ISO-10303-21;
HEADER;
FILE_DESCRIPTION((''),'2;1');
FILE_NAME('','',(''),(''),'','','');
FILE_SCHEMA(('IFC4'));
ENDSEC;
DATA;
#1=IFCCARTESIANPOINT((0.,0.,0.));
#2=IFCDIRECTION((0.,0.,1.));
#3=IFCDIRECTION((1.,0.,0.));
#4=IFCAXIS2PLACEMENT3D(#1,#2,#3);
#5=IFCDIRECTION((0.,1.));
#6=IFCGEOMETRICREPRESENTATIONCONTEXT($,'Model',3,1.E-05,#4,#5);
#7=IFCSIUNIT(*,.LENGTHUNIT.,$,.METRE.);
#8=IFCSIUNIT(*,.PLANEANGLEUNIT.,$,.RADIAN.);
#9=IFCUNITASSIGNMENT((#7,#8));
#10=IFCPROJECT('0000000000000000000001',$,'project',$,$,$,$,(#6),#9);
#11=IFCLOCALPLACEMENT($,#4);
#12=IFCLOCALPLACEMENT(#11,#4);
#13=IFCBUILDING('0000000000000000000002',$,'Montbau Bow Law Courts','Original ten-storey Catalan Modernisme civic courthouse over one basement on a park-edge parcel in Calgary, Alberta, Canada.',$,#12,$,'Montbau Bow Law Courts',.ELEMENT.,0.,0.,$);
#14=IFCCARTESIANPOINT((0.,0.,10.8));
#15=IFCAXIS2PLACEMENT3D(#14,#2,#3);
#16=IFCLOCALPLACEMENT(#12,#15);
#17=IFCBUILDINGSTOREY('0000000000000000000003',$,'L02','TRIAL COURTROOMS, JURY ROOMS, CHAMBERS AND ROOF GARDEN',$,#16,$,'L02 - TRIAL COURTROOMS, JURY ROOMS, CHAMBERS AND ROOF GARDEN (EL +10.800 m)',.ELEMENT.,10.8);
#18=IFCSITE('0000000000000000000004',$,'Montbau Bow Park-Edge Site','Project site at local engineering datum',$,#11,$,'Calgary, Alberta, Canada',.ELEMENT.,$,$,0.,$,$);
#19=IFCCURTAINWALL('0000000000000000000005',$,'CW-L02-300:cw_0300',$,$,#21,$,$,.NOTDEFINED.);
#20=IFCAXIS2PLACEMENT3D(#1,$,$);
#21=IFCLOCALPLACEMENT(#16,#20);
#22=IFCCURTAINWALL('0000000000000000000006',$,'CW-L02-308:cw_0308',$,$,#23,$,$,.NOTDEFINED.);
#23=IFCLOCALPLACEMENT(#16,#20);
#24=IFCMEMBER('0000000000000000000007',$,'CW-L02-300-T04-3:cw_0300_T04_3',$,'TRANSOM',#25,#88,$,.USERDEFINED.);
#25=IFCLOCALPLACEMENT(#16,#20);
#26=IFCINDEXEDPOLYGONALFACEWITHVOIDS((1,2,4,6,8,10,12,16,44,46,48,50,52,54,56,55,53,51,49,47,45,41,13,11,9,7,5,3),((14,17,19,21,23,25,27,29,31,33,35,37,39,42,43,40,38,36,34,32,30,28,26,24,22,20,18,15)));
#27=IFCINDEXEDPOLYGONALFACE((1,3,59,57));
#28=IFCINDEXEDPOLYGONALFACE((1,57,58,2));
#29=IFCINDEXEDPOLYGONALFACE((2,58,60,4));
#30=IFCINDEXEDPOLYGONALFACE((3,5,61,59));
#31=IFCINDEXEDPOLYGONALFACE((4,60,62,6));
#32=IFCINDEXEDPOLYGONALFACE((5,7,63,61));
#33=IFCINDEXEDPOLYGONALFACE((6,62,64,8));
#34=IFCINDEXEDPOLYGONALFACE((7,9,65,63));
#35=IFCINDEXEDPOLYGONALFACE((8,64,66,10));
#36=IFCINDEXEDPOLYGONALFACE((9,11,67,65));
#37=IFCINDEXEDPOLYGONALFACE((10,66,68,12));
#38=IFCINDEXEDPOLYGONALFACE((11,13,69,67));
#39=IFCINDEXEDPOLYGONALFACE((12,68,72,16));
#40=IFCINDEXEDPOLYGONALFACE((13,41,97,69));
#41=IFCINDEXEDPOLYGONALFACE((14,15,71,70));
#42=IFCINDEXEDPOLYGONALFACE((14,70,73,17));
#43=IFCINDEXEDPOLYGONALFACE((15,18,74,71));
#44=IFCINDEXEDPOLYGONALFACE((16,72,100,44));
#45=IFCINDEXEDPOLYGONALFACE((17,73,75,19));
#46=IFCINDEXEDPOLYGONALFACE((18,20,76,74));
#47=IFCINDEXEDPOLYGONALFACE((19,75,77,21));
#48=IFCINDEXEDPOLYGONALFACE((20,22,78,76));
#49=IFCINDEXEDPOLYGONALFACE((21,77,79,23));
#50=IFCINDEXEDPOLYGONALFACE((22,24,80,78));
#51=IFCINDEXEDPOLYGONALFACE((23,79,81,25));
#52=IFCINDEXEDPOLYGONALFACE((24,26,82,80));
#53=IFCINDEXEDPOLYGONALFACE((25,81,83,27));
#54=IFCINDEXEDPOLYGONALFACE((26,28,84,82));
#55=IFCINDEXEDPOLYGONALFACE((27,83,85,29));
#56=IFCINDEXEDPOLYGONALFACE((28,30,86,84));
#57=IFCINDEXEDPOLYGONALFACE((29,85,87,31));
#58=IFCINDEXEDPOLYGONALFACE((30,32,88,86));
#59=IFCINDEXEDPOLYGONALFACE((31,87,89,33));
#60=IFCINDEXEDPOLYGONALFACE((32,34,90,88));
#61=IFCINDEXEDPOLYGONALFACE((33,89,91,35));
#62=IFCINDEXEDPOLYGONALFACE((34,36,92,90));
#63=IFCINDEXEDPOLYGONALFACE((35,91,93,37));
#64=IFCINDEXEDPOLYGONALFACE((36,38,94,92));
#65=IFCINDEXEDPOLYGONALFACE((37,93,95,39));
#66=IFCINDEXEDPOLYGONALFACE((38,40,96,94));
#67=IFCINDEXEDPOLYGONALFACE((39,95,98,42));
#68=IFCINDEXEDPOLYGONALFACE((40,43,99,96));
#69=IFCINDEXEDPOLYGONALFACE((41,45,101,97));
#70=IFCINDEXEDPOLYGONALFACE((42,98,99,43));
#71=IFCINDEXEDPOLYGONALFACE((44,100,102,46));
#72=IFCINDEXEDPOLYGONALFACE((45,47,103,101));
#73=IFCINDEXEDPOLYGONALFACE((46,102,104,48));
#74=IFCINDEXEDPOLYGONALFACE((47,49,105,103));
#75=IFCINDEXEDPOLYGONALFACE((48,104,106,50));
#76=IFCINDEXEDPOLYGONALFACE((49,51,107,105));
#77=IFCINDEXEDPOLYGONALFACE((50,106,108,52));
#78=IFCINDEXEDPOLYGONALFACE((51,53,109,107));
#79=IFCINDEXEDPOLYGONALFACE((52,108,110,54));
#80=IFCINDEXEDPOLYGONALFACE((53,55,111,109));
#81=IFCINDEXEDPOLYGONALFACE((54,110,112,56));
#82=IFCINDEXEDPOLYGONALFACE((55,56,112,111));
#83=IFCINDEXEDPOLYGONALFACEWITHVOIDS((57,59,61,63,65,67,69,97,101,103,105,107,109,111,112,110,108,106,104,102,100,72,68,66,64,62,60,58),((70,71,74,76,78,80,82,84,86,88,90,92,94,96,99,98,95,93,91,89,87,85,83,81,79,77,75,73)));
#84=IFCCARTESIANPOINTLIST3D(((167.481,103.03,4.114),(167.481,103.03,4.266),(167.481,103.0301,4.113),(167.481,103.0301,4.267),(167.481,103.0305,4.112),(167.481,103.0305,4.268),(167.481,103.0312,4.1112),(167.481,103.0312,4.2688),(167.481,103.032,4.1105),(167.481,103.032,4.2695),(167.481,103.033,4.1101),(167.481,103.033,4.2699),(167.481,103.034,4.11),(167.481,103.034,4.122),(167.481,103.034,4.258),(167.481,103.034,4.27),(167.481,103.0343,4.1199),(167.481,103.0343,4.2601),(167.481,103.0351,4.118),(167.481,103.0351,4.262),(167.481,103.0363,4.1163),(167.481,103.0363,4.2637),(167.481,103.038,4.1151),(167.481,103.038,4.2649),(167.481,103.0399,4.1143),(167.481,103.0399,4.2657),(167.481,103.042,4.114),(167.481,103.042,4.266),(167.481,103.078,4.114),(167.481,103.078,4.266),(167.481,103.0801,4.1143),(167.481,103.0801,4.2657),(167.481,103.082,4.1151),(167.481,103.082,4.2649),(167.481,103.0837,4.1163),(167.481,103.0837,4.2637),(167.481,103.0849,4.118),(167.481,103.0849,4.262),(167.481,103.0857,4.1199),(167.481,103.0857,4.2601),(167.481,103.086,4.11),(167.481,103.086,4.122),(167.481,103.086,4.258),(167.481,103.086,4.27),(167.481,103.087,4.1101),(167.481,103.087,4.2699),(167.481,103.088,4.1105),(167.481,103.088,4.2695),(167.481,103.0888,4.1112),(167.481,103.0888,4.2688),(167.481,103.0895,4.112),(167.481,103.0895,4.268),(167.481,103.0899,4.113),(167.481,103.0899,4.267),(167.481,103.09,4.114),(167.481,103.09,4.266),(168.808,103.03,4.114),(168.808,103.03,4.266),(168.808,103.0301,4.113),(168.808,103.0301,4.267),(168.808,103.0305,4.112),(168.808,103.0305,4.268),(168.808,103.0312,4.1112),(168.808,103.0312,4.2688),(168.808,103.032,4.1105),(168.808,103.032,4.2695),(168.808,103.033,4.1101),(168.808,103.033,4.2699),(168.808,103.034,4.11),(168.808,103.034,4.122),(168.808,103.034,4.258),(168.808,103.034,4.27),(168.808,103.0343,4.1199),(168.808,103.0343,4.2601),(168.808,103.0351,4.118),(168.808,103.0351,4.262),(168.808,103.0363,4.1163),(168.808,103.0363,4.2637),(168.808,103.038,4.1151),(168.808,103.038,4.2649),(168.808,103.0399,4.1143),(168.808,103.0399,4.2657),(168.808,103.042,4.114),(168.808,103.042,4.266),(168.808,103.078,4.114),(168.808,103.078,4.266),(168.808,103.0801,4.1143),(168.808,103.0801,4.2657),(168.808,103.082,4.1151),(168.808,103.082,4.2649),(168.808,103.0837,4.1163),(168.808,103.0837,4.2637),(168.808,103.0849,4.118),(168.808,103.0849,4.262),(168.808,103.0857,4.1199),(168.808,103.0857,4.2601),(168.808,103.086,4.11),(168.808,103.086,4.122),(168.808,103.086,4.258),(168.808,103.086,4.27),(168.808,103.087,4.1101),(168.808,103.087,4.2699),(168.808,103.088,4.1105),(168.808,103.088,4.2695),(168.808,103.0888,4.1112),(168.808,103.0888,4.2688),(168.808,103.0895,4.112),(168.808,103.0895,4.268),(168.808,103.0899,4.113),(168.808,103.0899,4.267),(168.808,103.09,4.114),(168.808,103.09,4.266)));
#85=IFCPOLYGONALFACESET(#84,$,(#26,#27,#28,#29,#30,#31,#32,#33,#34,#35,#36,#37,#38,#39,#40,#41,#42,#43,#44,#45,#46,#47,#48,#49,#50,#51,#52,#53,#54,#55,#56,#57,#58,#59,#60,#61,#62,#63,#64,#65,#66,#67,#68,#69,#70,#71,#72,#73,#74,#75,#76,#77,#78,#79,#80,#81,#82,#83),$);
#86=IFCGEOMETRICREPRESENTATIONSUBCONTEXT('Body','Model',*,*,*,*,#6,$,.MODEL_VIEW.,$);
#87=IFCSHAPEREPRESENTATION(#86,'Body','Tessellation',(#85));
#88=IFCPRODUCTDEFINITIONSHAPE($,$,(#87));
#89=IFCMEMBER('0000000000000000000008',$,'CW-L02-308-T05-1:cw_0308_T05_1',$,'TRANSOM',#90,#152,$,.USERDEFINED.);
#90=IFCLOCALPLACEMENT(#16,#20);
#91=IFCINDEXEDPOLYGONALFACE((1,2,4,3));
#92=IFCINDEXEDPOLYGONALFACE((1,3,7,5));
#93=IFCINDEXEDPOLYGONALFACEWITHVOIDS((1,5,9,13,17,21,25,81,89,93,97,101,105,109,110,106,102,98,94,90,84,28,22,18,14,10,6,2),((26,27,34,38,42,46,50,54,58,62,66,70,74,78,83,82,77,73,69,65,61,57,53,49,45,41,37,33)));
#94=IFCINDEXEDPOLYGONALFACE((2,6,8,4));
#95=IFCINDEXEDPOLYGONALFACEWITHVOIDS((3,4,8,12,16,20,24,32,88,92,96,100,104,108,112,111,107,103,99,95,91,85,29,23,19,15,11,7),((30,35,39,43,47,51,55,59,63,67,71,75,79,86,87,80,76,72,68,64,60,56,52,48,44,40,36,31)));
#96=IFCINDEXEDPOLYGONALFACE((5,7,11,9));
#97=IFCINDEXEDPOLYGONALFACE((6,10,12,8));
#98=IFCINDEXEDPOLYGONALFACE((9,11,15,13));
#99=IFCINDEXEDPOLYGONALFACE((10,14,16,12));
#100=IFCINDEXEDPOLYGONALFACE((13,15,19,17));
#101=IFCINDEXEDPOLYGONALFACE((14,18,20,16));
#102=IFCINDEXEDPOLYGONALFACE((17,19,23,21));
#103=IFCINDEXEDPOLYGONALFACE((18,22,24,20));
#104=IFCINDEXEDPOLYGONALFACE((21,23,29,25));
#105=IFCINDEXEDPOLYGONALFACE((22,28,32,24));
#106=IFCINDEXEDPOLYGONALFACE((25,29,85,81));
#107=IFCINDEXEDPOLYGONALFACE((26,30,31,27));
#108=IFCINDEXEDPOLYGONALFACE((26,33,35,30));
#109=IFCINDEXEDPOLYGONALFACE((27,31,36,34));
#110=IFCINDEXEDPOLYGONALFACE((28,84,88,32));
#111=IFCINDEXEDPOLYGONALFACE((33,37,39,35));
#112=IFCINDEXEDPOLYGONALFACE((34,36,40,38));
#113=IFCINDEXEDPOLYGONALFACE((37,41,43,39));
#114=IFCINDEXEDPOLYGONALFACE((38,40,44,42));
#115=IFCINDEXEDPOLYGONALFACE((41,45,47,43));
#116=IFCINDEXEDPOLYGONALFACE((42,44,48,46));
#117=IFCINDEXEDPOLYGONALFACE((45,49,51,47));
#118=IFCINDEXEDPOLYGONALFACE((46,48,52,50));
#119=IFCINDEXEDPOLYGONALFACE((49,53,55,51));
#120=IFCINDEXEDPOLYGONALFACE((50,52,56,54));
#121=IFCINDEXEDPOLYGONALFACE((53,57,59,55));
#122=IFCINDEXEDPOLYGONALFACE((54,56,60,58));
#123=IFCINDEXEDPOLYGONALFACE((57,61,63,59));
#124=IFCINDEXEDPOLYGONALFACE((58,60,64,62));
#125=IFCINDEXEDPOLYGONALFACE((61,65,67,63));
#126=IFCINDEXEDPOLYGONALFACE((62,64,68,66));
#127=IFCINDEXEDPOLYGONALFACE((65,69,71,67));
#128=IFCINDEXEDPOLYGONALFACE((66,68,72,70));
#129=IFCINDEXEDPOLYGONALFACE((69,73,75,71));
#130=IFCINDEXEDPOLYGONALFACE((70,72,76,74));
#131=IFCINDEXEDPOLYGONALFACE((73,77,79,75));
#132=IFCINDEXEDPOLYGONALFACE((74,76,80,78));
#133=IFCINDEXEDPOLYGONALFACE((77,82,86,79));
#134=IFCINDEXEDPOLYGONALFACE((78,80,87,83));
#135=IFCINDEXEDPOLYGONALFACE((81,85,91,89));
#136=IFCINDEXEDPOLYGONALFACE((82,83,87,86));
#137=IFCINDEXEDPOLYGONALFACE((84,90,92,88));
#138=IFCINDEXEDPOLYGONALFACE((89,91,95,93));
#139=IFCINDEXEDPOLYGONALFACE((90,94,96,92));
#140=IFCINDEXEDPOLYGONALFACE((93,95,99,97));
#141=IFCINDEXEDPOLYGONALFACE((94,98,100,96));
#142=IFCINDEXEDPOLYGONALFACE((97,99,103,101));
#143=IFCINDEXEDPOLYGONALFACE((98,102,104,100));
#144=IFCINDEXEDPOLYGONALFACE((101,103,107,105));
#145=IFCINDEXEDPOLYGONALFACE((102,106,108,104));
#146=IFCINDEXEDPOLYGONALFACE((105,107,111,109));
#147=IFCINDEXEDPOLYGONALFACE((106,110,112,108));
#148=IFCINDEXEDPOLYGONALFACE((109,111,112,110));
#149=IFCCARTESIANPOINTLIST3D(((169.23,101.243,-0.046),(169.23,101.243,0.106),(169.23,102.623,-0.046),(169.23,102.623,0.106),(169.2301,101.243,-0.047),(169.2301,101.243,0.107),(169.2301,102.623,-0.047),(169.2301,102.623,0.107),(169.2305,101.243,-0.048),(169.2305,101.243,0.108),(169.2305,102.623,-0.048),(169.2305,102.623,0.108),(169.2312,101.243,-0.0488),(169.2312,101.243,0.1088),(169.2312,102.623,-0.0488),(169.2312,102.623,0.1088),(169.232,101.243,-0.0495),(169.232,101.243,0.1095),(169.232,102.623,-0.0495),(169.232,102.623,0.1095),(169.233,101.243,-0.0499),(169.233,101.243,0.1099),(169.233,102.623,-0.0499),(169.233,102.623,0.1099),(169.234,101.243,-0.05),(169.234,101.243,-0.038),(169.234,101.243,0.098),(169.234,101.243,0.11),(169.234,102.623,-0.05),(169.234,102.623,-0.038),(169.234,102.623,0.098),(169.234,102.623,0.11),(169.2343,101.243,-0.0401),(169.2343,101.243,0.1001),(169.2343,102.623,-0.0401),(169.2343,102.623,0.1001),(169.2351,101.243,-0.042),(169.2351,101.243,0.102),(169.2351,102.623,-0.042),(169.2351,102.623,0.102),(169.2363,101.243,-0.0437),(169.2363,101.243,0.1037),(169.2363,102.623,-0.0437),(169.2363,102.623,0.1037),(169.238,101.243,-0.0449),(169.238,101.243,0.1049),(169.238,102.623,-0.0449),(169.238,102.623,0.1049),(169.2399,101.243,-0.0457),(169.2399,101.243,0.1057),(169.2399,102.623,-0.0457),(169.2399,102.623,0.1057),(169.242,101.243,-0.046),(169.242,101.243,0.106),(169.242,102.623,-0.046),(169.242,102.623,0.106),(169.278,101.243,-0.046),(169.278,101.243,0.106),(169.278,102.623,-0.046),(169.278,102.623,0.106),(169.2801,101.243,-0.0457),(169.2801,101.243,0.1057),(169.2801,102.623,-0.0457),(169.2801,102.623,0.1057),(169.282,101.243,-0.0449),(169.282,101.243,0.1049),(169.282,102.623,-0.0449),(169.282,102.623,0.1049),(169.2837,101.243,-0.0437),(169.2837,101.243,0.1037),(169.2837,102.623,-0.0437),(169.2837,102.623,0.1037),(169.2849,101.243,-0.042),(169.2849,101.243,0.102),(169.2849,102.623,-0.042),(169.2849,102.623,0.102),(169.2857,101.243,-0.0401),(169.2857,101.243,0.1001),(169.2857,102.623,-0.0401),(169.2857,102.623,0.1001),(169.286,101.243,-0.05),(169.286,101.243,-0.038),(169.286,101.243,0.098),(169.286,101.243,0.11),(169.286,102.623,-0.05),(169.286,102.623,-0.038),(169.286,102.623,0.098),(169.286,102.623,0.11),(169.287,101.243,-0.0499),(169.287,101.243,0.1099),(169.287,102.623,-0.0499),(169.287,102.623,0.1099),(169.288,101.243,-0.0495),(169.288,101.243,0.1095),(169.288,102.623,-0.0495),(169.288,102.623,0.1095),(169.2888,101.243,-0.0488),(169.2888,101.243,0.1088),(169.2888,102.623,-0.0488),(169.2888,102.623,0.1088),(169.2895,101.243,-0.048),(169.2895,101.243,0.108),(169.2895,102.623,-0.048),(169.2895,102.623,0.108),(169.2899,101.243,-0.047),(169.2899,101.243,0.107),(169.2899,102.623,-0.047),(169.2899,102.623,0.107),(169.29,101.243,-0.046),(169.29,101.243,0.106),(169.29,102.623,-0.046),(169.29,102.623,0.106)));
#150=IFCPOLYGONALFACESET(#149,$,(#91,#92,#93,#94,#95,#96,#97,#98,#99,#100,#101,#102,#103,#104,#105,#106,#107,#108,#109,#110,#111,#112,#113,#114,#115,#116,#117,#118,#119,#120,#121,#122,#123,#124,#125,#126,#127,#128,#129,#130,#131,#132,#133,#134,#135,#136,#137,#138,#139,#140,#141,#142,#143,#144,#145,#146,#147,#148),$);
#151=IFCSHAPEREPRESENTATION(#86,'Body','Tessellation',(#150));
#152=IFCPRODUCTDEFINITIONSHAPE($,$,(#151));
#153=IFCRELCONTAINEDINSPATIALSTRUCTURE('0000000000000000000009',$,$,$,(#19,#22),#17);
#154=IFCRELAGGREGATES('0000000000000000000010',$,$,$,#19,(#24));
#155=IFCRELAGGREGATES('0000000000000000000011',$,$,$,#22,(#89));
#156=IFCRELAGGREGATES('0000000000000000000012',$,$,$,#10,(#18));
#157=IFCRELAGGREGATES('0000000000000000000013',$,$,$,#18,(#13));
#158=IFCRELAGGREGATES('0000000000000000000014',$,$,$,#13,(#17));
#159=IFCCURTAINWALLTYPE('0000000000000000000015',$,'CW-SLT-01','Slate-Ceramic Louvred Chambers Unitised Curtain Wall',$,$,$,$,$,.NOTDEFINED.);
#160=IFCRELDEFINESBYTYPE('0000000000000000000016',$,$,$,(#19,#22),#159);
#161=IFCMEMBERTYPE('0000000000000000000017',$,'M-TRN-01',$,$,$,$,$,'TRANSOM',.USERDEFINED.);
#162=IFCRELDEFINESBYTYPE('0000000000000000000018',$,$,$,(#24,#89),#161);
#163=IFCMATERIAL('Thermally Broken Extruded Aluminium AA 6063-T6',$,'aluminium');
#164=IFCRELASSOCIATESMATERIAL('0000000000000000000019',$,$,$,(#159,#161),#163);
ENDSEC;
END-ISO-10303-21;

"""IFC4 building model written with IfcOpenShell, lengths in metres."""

from ifc_helpers import new_model, si_unit, direction, frame, origin_with_axes, origin_2d_with_axis, place, context, subcontext, project, spatial, hollow_rectangle, extrude, material, material_profile, profile_set, type_object, element, aggregate, save


model = new_model("IFC4")

# Units and contexts
model_context = context("Model", 3, precision=1e-05, world=origin_with_axes(), true_north=direction((0.0, 1.0)))
body_context = subcontext(model_context, "Body", "Model", "MODEL_VIEW")
ifc_project = project(units=[si_unit("LENGTHUNIT", "METRE"), si_unit("PLANEANGLEUNIT", "RADIAN")], contexts=[model_context])

# Site, building, storey
site_placement = place(None, origin_with_axes())
site = spatial("IfcSite", under=ifc_project, at=site_placement, Name="Montbau Bow Park-Edge Site", Description="Project site at local engineering datum", LongName="Calgary, Alberta, Canada", CompositionType="ELEMENT", RefElevation=0.0)
building_placement = place(site_placement, origin_with_axes())
building = spatial("IfcBuilding", under=site, at=building_placement, Name="Montbau Bow Law Courts", Description="Original ten-storey Catalan Modernisme civic courthouse over one basement on a park-edge parcel in Calgary, Alberta, Canada.", LongName="Montbau Bow Law Courts", CompositionType="ELEMENT", ElevationOfRefHeight=0.0, ElevationOfTerrain=0.0)
storey_placement = place(building_placement, frame((0.0, 0.0, 10.8), z_axis=(0.0, 0.0, 1.0), x_axis=(1.0, 0.0, 0.0)))
storey = spatial("IfcBuildingStorey", under=building, at=storey_placement, Name="L02", Description="TRIAL COURTROOMS, JURY ROOMS, CHAMBERS AND ROOF GARDEN", LongName="L02 - TRIAL COURTROOMS, JURY ROOMS, CHAMBERS AND ROOF GARDEN (EL +10.800 m)", CompositionType="ELEMENT", Elevation=10.8)

# Curtain walls
ifc_material_1 = material(Name="Thermally Broken Extruded Aluminium AA 6063-T6", Category="aluminium")
curtain_wall_type = type_object("IfcCurtainWallType", Name="CW-SLT-01", Description="Slate-Ceramic Louvred Chambers Unitised Curtain Wall", PredefinedType="NOTDEFINED", material=ifc_material_1)
curtain_wall_1_placement = place(None, frame((163.115, 103.06, 10.8), z_axis=(0.0, 0.0, 1.0), x_axis=(1.0, 0.0, 0.0)))
curtain_wall_1 = element("IfcCurtainWall", 1, at=curtain_wall_1_placement, inside=storey, type_object=curtain_wall_type, Name="CW-L02-300:cw_0300", PredefinedType="NOTDEFINED")
curtain_wall_2_placement = place(None, frame((169.26, 95.315, 10.8), z_axis=(0.0, 0.0, 1.0), x_axis=(1.0, 0.0, 0.0)))
curtain_wall_2 = element("IfcCurtainWall", 2, at=curtain_wall_2_placement, inside=storey, type_object=curtain_wall_type, Name="CW-L02-308:cw_0308", PredefinedType="NOTDEFINED")

# Members
ifc_material_profile_1 = material_profile(ifc_material_1, hollow_rectangle(XDim=0.06, YDim=0.16, WallThickness=0.004, InnerFilletRadius=0.008, OuterFilletRadius=0.004, at=origin_2d_with_axis()), Name="CWT-160X60", Category="Main", Priority=0)
ifc_profile_set_1 = profile_set([ifc_material_profile_1], Name="Thermally Broken Extruded Aluminium AA 6063-T6")
member_type_1 = type_object("IfcMemberType", Name="M-TRN-01", ElementType="TRANSOM", PredefinedType="USERDEFINED", material=ifc_profile_set_1)
member_1_placement = place(None, frame((167.481, 103.06, 14.99), z_axis=(1.0, 0.0, 0.0), x_axis=(0.0, 1.0, 0.0)))
member_1 = element("IfcMember", 3, at=member_1_placement, type_object=member_type_1, Name="CW-L02-300-T04-3:cw_0300_T04_3", ObjectType="TRANSOM", PredefinedType="USERDEFINED", context=body_context, shape_type="SweptSolid", body=[
    extrude(hollow_rectangle(XDim=0.06, YDim=0.16, WallThickness=0.004, InnerFilletRadius=0.008, OuterFilletRadius=0.004, at=origin_2d_with_axis()), origin_with_axes(), (0.0, 0.0, 1.0), 1.327),
])
member_2_placement = place(None, frame((169.26, 101.243, 10.83), z_axis=(0.0, 1.0, 0.0), x_axis=(-1.0, 0.0, 0.0)))
member_2 = element("IfcMember", 4, at=member_2_placement, type_object=member_type_1, Name="CW-L02-308-T05-1:cw_0308_T05_1", ObjectType="TRANSOM", PredefinedType="USERDEFINED", context=body_context, shape_type="SweptSolid", body=[
    extrude(hollow_rectangle(XDim=0.06, YDim=0.16, WallThickness=0.004, InnerFilletRadius=0.008, OuterFilletRadius=0.004, at=origin_2d_with_axis()), origin_with_axes(), (0.0, 0.0, 1.0), 1.38),
])

aggregate(curtain_wall_1, [member_1])
aggregate(curtain_wall_2, [member_2])

save(model, "model.ifc")
